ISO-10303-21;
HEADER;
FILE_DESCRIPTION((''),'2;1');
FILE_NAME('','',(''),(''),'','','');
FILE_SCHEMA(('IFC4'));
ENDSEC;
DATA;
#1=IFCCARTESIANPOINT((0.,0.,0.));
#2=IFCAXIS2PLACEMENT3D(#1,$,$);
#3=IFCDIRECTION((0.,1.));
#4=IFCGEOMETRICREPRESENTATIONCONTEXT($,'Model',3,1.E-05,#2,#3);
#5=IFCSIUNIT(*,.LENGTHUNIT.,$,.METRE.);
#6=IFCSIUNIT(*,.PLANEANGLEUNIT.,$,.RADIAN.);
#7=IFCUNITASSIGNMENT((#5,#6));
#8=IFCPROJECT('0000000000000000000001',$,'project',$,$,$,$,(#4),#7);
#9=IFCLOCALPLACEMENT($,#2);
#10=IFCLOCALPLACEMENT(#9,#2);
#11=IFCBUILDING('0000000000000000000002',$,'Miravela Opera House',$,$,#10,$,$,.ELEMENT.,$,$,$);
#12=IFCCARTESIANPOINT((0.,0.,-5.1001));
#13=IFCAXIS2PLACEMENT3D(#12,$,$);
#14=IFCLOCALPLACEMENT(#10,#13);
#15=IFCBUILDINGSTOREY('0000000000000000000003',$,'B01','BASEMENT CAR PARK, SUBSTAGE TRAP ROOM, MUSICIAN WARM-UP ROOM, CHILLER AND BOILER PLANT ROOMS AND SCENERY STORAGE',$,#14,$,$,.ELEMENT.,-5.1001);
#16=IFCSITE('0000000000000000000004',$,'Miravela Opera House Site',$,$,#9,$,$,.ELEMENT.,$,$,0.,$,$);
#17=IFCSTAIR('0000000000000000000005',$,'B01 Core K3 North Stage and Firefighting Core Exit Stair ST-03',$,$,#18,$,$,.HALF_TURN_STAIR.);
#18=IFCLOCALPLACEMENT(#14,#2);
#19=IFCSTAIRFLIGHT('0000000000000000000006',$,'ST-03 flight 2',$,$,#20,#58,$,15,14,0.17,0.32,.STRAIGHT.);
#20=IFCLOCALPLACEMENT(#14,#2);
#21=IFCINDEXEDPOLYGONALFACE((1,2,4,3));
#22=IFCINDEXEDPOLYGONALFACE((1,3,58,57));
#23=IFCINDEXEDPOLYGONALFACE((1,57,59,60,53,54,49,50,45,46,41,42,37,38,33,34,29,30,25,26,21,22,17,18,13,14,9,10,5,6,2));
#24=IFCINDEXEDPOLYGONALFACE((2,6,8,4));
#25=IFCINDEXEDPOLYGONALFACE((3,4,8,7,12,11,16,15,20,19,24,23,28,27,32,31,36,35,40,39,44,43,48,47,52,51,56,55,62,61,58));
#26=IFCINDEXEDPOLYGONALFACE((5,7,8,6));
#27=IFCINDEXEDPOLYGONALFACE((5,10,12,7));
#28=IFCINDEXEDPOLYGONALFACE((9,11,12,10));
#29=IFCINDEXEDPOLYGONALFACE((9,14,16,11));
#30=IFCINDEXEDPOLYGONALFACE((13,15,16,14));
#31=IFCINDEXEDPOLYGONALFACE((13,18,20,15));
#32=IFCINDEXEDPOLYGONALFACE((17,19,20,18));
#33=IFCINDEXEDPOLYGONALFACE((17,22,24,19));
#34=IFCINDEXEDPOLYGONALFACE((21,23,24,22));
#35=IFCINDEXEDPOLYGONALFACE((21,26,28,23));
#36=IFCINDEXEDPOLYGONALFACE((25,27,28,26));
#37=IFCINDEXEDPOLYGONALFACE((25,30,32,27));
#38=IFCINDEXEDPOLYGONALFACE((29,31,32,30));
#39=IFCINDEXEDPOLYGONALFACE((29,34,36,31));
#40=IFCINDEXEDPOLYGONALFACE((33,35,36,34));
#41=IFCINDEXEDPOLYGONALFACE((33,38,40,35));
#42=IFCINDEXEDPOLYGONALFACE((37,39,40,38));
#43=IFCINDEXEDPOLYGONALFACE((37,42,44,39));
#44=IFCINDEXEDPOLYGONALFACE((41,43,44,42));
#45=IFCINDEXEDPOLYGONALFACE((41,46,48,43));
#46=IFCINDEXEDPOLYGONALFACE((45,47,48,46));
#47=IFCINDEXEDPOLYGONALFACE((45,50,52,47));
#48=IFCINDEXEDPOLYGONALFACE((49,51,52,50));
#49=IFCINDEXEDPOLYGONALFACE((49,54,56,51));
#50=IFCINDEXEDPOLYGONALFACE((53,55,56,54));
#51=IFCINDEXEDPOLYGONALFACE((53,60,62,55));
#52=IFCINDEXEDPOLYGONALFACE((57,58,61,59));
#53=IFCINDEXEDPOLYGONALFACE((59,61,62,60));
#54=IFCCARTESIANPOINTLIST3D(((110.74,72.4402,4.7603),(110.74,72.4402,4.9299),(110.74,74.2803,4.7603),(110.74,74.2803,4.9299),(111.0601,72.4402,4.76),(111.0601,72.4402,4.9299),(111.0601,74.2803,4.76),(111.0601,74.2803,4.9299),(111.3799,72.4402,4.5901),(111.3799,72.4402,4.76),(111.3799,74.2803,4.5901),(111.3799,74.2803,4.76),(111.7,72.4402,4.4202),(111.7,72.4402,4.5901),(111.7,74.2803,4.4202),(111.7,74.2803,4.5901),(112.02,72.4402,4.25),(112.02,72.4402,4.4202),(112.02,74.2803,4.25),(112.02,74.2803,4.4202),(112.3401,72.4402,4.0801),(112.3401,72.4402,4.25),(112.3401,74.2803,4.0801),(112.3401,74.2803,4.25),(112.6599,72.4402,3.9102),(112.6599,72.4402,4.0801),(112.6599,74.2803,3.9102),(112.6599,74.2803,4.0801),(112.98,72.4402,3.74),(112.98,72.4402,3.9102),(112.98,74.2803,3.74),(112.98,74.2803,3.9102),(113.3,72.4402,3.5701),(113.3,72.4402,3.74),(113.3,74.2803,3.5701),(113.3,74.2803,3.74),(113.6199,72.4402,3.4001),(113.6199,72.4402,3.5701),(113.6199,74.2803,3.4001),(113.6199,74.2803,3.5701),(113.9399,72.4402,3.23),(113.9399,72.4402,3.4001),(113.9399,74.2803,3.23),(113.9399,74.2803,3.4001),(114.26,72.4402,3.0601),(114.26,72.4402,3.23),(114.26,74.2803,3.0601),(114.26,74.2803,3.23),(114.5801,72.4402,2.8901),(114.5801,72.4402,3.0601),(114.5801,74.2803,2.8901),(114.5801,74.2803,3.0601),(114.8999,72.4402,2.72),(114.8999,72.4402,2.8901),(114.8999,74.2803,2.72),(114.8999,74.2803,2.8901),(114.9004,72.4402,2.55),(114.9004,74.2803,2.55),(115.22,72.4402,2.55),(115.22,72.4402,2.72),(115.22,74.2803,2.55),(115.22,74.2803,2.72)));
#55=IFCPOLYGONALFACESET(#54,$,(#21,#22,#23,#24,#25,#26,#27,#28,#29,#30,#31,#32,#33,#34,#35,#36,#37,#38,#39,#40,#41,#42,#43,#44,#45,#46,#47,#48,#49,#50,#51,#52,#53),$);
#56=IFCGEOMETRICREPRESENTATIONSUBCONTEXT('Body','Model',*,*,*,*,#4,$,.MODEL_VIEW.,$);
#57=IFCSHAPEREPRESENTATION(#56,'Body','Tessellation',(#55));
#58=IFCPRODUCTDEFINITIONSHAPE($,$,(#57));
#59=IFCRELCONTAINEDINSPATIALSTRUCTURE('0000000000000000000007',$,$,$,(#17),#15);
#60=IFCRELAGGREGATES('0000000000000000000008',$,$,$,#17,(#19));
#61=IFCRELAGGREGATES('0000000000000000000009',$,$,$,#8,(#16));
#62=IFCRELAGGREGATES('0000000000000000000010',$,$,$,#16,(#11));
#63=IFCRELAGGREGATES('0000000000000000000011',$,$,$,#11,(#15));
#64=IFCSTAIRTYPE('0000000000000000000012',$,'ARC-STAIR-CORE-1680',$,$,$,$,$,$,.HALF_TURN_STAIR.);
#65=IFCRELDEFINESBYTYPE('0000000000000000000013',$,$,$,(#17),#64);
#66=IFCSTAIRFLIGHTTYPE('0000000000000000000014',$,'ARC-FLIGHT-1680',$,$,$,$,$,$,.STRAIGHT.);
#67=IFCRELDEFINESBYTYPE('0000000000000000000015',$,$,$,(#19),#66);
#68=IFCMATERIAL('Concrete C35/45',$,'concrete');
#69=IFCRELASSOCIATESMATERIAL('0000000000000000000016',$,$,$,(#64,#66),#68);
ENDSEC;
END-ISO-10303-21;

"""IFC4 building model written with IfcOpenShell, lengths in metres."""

from ifc_helpers import new_model, si_unit, direction, frame, origin, place, context, subcontext, project, spatial, polyline, outline, extrude, material, type_object, element, aggregate, save


model = new_model("IFC4")

# Units and contexts
model_context = context("Model", 3, precision=1e-05, world=origin(), true_north=direction((0.0, 1.0)))
body_context = subcontext(model_context, "Body", "Model", "MODEL_VIEW")
ifc_project = project(units=[si_unit("LENGTHUNIT", "METRE"), si_unit("PLANEANGLEUNIT", "RADIAN")], contexts=[model_context])

# Site, building, storey
site_placement = place(None, origin())
site = spatial("IfcSite", under=ifc_project, at=site_placement, Name="Miravela Opera House Site", CompositionType="ELEMENT", RefElevation=0.0)
building_placement = place(site_placement, origin())
building = spatial("IfcBuilding", under=site, at=building_placement, Name="Miravela Opera House", CompositionType="ELEMENT")
storey_placement = place(building_placement, frame((0.0, 0.0, -5.1001)))
storey = spatial("IfcBuildingStorey", under=building, at=storey_placement, Name="B01", Description="BASEMENT CAR PARK, SUBSTAGE TRAP ROOM, MUSICIAN WARM-UP ROOM, CHILLER AND BOILER PLANT ROOMS AND SCENERY STORAGE", CompositionType="ELEMENT", Elevation=-5.1001)

# Shared definitions
ifc_material_1 = material(Name="Concrete C35/45", Category="concrete")

# Stair, stair flight
stair_type = type_object("IfcStairType", Name="ARC-STAIR-CORE-1680", PredefinedType="HALF_TURN_STAIR", material=ifc_material_1)
stair_placement = place(storey_placement, origin())
stair = element("IfcStair", 1, at=stair_placement, inside=storey, type_object=stair_type, Name="B01 Core K3 North Stage and Firefighting Core Exit Stair ST-03", PredefinedType="HALF_TURN_STAIR")
stair_flight_type = type_object("IfcStairFlightType", Name="ARC-FLIGHT-1680", PredefinedType="STRAIGHT", material=ifc_material_1)
stair_flight_placement = place(storey_placement, frame((115.22, 73.3601, 2.55), z_axis=(0.0, 0.0, 1.0), x_axis=(-1.0, 0.0, 0.0)))
stair_flight = element("IfcStairFlight", 2, at=stair_flight_placement, type_object=stair_flight_type, Name="ST-03 flight 2", NumberOfRisers=15, NumberOfTreads=14, PredefinedType="STRAIGHT", RiserHeight=0.17, TreadLength=0.32, context=body_context, shape_type="SweptSolid", body=[
    extrude(outline(polyline([(0.0, 0.0), (0.0, 0.1699), (0.3201, 0.1699), (0.3201, 0.3401), (0.6399, 0.3401), (0.6399, 0.51), (0.96, 0.51), (0.96, 0.6799), (1.28, 0.6799), (1.28, 0.8501), (1.6001, 0.8501), (1.6001, 1.02), (1.9199, 1.02), (1.9199, 1.1899), (2.24, 1.1899), (2.24, 1.3601), (2.5601, 1.3601), (2.5601, 1.53), (2.8799, 1.53), (2.8799, 1.7), (3.2, 1.7), (3.2, 1.8701), (3.52, 1.8701), (3.52, 2.04), (3.8401, 2.04), (3.8401, 2.21), (4.1599, 2.21), (4.1599, 2.3799), (4.48, 2.3799), (4.48, 2.55), (4.48, 2.2102), (0.3196, 0.0), (0.0, 0.0)])), frame((0.0, 0.9199, 0.0), z_axis=(0.0, -1.0, 0.0), x_axis=(1.0, 0.0, 0.0)), (0.0, 0.0, 1.0), 1.8401),
])
aggregate(stair, [stair_flight])

save(model, "model.ifc")
